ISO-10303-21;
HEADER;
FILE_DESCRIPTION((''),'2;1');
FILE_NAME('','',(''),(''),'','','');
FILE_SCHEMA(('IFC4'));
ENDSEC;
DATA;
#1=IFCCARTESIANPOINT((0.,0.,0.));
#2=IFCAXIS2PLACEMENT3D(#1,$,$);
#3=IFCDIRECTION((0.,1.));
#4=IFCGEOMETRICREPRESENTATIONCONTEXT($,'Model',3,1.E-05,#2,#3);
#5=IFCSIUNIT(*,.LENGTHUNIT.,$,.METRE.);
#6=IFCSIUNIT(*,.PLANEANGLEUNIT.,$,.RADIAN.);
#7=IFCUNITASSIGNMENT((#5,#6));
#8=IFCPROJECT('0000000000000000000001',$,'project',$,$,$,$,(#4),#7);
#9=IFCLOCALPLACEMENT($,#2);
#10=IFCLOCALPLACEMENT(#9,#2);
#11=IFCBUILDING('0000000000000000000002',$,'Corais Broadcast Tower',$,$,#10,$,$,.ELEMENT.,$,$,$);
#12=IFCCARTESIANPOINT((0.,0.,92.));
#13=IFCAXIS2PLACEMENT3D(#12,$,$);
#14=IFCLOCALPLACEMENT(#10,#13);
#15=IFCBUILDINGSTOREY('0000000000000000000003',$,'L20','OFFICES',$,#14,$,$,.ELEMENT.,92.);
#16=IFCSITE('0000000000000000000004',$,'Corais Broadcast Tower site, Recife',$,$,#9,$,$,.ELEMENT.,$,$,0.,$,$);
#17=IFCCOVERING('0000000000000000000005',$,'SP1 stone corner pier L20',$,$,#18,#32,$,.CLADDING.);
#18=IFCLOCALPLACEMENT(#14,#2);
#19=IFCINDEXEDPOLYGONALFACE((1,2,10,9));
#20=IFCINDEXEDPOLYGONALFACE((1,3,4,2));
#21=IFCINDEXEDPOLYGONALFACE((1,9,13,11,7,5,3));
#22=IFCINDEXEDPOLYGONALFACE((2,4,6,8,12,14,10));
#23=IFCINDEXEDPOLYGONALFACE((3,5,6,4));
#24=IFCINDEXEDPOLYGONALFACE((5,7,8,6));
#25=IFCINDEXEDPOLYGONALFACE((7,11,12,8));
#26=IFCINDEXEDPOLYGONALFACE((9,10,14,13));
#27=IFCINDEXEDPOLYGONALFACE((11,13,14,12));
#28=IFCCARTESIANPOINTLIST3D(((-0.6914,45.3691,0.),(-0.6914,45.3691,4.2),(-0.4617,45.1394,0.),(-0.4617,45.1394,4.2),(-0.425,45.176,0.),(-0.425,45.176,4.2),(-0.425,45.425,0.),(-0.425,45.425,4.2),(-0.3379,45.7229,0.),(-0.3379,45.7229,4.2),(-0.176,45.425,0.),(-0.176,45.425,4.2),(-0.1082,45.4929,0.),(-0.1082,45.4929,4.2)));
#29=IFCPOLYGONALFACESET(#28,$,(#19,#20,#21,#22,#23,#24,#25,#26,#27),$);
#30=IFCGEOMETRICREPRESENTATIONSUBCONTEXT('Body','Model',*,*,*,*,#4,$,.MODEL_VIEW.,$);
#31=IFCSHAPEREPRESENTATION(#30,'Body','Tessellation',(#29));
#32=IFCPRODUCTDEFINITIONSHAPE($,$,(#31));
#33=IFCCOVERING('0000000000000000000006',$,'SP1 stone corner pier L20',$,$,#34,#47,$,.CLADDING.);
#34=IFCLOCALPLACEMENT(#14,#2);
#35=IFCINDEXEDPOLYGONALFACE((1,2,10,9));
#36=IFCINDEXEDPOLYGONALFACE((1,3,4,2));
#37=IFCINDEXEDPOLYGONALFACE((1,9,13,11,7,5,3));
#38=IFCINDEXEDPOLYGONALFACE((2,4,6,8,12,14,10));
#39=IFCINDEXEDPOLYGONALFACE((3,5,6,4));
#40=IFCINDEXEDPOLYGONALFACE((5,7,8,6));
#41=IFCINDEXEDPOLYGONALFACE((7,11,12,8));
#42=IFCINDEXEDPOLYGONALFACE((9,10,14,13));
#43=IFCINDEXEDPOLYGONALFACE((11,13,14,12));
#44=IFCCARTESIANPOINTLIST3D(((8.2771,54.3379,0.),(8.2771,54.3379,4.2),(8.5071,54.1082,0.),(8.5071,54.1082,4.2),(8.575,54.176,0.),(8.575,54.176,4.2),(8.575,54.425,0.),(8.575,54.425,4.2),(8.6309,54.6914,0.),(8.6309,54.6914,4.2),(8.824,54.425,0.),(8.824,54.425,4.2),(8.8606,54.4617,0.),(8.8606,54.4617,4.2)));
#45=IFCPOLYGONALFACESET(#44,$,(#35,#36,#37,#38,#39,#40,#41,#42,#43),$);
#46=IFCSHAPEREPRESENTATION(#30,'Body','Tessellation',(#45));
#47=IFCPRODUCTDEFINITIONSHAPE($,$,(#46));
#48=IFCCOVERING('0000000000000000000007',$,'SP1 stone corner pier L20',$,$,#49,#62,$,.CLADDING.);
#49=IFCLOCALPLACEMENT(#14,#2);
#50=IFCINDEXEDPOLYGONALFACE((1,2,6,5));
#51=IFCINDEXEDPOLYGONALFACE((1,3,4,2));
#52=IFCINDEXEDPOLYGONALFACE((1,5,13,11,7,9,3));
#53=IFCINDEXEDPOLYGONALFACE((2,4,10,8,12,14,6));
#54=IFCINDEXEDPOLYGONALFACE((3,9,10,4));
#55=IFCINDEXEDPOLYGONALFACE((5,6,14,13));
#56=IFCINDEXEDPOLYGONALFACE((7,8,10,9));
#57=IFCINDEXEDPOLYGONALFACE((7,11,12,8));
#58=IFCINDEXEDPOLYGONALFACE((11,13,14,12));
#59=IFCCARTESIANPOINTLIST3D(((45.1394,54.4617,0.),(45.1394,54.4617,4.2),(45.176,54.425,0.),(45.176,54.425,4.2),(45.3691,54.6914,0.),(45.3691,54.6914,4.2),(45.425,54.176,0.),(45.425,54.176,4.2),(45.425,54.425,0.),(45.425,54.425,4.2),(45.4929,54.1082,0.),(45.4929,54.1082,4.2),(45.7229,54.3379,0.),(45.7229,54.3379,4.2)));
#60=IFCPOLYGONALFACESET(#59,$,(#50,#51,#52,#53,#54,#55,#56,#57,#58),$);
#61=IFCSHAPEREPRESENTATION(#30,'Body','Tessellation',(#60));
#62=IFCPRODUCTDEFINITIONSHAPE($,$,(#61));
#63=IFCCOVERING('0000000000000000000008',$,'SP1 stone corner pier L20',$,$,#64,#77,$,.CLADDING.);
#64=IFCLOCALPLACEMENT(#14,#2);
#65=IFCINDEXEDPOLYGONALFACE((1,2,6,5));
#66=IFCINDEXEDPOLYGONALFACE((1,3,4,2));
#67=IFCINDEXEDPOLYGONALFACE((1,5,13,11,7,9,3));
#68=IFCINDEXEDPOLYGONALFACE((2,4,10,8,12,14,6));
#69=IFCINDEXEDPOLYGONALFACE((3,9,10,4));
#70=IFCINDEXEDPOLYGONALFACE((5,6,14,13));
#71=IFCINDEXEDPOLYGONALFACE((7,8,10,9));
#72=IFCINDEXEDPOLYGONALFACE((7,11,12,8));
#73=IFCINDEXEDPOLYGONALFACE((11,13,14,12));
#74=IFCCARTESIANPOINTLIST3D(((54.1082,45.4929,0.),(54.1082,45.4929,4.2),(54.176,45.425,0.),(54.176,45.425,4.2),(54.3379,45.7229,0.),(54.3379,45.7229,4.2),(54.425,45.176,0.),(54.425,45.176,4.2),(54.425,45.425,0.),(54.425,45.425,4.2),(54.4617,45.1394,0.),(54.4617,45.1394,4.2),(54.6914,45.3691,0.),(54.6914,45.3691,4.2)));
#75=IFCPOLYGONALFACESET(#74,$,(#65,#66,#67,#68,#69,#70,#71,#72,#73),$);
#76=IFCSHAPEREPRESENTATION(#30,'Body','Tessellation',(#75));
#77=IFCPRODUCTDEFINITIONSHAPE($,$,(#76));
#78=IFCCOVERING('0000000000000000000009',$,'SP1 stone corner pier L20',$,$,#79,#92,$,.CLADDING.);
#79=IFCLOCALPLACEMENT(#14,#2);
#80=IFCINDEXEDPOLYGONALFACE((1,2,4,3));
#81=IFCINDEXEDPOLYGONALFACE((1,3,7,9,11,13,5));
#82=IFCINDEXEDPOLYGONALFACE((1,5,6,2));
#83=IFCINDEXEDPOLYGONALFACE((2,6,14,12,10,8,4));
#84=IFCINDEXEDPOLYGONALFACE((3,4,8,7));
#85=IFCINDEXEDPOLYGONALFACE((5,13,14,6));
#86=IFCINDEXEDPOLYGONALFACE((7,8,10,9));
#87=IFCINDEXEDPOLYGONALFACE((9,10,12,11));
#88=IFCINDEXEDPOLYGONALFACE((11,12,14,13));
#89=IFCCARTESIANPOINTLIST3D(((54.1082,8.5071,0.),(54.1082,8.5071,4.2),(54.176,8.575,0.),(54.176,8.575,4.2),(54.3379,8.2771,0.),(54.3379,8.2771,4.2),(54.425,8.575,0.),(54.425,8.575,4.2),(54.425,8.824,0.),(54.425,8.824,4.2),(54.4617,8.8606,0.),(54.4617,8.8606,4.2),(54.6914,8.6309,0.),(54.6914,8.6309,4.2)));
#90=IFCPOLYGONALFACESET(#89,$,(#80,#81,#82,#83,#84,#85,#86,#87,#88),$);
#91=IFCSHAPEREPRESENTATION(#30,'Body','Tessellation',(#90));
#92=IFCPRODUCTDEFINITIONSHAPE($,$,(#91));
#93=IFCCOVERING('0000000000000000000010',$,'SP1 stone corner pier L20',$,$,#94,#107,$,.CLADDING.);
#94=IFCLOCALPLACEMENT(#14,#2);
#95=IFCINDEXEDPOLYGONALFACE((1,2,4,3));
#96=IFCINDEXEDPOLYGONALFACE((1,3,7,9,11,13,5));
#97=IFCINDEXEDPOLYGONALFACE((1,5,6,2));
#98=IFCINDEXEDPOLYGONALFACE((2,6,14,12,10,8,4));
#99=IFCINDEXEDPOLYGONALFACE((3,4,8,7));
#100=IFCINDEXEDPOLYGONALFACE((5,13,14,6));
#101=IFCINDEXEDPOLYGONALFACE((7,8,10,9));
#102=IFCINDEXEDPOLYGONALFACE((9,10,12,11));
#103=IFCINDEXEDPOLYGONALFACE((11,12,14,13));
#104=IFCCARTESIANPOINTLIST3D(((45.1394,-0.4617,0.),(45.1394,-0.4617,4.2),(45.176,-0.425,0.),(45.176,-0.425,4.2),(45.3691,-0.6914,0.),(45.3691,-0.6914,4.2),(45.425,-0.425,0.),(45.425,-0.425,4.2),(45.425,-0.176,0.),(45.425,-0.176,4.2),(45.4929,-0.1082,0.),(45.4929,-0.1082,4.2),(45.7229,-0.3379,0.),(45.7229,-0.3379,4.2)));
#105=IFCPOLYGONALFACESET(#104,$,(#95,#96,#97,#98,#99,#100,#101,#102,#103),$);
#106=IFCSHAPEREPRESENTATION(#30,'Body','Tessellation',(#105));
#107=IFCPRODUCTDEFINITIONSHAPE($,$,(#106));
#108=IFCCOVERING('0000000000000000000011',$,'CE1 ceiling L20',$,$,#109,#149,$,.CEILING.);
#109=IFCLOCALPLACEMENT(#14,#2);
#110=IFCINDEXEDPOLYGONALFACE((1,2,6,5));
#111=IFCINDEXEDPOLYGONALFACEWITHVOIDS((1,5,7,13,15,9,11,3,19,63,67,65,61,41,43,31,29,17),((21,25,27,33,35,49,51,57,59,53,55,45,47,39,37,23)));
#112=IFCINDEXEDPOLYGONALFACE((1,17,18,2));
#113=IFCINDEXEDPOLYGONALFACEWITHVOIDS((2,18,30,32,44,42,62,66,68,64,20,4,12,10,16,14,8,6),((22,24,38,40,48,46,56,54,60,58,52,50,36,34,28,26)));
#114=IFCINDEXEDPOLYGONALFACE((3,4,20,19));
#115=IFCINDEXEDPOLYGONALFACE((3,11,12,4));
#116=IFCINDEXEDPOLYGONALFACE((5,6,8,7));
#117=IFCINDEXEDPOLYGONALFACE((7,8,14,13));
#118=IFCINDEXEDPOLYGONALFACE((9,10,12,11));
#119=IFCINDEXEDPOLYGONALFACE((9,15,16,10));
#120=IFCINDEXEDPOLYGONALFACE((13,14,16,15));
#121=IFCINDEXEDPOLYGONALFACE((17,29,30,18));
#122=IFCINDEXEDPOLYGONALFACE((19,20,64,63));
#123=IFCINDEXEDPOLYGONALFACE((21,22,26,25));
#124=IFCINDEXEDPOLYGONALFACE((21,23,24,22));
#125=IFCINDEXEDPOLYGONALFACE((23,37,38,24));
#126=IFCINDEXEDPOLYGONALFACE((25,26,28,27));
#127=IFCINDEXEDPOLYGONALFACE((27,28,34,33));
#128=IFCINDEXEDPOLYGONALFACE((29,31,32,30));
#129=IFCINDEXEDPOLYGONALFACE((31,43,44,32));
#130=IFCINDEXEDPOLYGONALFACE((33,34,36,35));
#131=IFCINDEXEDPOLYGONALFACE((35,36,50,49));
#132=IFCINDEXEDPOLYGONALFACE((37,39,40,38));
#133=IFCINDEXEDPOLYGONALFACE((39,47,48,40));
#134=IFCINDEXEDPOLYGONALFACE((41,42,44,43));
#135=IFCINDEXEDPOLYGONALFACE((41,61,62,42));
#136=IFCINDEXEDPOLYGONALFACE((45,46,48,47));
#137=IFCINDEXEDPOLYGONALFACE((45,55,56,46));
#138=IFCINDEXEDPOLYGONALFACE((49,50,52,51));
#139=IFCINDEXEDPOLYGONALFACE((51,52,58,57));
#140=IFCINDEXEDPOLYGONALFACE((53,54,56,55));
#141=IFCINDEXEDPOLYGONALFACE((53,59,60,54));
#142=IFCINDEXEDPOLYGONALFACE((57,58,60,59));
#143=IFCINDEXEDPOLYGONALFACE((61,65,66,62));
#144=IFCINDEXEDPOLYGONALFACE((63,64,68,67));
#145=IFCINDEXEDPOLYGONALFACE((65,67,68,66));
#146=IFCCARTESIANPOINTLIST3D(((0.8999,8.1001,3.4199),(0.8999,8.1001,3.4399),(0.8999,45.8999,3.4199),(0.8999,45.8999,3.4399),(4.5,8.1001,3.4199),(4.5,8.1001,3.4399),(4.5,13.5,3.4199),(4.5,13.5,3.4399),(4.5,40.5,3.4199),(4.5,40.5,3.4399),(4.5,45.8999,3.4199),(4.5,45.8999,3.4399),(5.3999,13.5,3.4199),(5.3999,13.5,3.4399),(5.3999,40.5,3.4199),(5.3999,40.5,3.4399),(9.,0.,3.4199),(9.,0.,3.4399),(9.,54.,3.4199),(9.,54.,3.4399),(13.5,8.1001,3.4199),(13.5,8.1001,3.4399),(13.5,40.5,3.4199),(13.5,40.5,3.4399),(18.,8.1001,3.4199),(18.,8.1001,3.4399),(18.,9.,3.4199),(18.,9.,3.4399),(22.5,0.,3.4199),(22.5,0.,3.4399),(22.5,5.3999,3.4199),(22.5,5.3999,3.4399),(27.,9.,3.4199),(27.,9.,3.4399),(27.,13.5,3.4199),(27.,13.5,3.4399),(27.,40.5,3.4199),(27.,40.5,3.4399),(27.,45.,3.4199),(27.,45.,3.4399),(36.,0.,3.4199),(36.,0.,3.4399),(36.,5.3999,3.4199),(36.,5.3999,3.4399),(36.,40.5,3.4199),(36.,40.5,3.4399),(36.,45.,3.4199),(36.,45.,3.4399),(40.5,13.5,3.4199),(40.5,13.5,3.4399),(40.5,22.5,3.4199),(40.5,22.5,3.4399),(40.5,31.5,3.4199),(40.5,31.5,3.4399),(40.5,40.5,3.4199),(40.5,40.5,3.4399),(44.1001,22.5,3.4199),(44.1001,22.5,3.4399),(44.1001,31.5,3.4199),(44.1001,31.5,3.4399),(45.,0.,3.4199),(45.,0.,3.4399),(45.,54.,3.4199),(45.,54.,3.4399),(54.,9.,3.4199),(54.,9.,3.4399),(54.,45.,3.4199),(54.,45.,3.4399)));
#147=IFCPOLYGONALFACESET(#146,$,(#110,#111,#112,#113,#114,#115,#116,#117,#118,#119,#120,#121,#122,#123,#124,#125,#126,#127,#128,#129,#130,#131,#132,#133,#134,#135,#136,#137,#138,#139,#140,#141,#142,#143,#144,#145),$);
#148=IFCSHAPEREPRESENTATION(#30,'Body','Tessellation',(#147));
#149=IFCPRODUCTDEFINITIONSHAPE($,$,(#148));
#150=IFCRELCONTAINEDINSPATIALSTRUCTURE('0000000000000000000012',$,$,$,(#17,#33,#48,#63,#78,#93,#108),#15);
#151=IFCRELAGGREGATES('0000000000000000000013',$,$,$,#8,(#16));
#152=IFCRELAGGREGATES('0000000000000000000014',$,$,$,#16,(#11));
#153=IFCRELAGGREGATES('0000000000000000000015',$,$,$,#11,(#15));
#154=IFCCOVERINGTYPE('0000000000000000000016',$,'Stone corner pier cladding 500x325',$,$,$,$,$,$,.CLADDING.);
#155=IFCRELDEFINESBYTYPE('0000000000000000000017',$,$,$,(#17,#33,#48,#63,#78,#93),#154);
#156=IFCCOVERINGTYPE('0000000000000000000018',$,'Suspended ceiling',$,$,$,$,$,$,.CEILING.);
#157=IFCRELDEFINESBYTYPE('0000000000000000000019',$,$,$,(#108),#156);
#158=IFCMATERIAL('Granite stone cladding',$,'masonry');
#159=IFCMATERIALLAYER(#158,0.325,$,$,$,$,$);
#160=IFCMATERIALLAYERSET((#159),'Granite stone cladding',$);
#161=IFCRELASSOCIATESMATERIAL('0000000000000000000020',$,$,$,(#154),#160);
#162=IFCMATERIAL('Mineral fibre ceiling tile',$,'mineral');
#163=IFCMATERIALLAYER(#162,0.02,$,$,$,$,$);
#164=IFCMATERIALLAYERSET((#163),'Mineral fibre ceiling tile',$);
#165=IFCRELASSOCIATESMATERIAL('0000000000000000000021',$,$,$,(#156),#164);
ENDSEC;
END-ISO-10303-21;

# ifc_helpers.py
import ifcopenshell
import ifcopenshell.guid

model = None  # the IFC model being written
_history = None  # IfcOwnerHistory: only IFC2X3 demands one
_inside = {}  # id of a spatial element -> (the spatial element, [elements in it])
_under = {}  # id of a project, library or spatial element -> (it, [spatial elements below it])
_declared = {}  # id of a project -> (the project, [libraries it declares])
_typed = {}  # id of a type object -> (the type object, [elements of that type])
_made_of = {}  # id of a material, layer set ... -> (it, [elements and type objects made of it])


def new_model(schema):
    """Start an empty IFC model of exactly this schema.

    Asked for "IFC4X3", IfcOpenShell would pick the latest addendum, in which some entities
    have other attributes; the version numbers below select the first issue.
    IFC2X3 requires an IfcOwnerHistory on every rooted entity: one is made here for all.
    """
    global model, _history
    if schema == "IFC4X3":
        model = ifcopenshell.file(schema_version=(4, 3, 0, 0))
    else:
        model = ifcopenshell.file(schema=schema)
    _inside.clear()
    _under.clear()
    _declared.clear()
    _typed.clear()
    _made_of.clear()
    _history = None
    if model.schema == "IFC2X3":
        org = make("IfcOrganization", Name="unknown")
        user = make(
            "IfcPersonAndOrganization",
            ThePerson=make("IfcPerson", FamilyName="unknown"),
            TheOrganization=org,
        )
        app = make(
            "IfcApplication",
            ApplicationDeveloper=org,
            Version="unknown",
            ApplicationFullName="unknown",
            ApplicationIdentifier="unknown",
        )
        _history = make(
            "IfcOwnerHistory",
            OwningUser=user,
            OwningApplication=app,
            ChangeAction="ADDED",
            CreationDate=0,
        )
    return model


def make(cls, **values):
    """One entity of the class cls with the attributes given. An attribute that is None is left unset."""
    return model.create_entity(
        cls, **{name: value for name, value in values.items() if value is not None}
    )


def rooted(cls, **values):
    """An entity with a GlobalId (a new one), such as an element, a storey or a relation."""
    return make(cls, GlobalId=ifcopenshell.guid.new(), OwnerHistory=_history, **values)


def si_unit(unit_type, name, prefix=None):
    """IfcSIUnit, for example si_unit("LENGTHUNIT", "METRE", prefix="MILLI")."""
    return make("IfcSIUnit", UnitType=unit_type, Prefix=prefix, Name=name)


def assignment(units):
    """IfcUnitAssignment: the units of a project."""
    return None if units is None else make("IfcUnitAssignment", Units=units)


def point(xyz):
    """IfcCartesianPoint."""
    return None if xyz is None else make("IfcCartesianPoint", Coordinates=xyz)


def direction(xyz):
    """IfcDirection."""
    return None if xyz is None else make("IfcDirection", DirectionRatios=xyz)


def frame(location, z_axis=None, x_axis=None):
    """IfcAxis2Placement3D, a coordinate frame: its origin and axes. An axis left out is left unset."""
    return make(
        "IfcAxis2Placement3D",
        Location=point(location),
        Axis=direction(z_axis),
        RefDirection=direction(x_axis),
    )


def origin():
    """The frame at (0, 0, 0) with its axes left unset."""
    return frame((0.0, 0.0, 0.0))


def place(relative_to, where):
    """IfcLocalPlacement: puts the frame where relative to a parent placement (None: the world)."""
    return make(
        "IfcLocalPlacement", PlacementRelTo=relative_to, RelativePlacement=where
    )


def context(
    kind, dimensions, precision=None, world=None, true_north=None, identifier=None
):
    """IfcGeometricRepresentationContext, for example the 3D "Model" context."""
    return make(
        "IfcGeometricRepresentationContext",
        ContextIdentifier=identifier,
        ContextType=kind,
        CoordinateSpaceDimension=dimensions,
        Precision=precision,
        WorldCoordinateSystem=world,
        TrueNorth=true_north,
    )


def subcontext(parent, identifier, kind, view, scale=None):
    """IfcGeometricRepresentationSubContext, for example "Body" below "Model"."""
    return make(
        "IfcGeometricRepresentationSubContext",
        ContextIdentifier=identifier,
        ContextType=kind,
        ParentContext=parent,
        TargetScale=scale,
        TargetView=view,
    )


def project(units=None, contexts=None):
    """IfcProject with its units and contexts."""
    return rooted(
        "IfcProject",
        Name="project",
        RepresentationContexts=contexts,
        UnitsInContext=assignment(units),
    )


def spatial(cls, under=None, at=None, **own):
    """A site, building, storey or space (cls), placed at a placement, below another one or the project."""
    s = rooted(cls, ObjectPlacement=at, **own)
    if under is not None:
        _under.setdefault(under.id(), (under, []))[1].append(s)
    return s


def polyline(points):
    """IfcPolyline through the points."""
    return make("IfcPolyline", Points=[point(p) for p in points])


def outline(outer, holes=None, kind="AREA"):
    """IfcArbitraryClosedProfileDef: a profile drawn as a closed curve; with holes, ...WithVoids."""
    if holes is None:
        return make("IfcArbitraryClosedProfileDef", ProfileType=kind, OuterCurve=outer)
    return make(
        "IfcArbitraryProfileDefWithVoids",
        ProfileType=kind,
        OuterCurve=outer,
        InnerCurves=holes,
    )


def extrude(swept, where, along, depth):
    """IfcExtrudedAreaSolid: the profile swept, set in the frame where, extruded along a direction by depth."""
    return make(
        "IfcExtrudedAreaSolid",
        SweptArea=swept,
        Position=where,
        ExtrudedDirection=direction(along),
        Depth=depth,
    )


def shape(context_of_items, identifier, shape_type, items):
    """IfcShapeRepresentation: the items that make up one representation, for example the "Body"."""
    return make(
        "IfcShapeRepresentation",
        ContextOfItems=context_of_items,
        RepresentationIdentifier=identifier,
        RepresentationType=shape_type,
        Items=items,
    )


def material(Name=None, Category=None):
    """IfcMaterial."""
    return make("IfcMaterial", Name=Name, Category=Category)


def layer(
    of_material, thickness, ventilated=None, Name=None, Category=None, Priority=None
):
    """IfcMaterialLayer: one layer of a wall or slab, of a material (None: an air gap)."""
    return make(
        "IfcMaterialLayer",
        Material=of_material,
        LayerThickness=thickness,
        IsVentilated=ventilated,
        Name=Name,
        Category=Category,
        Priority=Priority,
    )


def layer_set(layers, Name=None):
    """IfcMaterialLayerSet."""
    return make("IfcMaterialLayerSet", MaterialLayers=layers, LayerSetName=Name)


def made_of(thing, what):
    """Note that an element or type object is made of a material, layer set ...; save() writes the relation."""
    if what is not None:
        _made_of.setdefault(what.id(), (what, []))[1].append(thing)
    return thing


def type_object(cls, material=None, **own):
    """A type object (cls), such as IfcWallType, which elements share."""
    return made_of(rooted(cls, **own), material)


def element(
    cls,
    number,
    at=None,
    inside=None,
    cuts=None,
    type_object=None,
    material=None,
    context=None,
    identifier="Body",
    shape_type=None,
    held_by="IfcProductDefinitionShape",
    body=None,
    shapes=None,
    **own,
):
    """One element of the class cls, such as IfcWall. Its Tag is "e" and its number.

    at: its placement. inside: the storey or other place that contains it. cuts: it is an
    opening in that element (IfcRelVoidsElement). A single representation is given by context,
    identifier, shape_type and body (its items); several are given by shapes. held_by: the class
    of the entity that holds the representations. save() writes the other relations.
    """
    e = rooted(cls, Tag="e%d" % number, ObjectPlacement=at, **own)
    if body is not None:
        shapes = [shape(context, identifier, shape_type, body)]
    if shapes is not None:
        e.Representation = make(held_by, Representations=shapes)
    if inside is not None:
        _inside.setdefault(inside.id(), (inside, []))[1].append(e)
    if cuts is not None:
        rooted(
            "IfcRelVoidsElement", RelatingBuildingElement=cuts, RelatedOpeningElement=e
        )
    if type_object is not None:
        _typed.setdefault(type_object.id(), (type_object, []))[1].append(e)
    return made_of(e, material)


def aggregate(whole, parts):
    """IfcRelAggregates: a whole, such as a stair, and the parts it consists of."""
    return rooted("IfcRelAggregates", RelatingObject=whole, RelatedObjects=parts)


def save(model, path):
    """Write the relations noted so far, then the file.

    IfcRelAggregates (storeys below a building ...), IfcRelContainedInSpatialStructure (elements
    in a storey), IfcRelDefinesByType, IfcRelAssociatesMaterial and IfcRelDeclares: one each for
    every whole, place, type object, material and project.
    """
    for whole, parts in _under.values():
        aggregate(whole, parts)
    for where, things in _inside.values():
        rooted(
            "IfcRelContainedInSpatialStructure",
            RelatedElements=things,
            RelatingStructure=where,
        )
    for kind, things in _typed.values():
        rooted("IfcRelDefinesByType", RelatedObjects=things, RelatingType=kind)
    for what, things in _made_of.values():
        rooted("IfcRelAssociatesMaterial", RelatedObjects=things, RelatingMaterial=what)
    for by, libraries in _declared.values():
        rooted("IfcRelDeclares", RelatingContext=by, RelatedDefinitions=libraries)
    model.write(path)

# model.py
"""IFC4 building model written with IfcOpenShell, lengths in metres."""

from ifc_helpers import new_model, si_unit, direction, frame, origin, place, context, subcontext, project, spatial, polyline, outline, extrude, material, layer, layer_set, type_object, element, save


model = new_model("IFC4")

# Units and contexts
model_context = context("Model", 3, precision=1e-05, world=origin(), true_north=direction((0.0, 1.0)))
body_context = subcontext(model_context, "Body", "Model", "MODEL_VIEW")
ifc_project = project(units=[si_unit("LENGTHUNIT", "METRE"), si_unit("PLANEANGLEUNIT", "RADIAN")], contexts=[model_context])

# Site, building, storey
site_placement = place(None, origin())
site = spatial("IfcSite", under=ifc_project, at=site_placement, Name="Corais Broadcast Tower site, Recife", CompositionType="ELEMENT", RefElevation=0.0)
building_placement = place(site_placement, origin())
building = spatial("IfcBuilding", under=site, at=building_placement, Name="Corais Broadcast Tower", CompositionType="ELEMENT")
storey_placement = place(building_placement, frame((0.0, 0.0, 92.0)))
storey = spatial("IfcBuildingStorey", under=building, at=storey_placement, Name="L20", Description="OFFICES", CompositionType="ELEMENT", Elevation=92.0)

# Coverings
ifc_material_1 = material(Name="Granite stone cladding", Category="masonry")
ifc_layer_1 = layer(ifc_material_1, 0.325)
ifc_layer_set_1 = layer_set([ifc_layer_1], Name="Granite stone cladding")
covering_type_1 = type_object("IfcCoveringType", Name="Stone corner pier cladding 500x325", PredefinedType="CLADDING", material=ifc_layer_set_1)
covering_1_placement = place(storey_placement, origin())
element("IfcCovering", 1, at=covering_1_placement, inside=storey, type_object=covering_type_1, Name="SP1 stone corner pier L20", PredefinedType="CLADDING", context=body_context, shape_type="SweptSolid", body=[
    extrude(outline(polyline([(-0.4617, 45.1394), (-0.425, 45.176), (-0.425, 45.425), (-0.176, 45.425), (-0.1082, 45.4929), (-0.3379, 45.7229), (-0.6914, 45.3691), (-0.4617, 45.1394)])), origin(), (0.0, 0.0, 1.0), 4.2),
])
covering_2_placement = place(storey_placement, origin())
element("IfcCovering", 2, at=covering_2_placement, inside=storey, type_object=covering_type_1, Name="SP1 stone corner pier L20", PredefinedType="CLADDING", context=body_context, shape_type="SweptSolid", body=[
    extrude(outline(polyline([(8.824, 54.425), (8.8606, 54.4617), (8.6309, 54.6914), (8.2771, 54.3379), (8.5071, 54.1082), (8.575, 54.176), (8.575, 54.425), (8.824, 54.425)])), origin(), (0.0, 0.0, 1.0), 4.2),
])
covering_3_placement = place(storey_placement, origin())
element("IfcCovering", 3, at=covering_3_placement, inside=storey, type_object=covering_type_1, Name="SP1 stone corner pier L20", PredefinedType="CLADDING", context=body_context, shape_type="SweptSolid", body=[
    extrude(outline(polyline([(45.1394, 54.4617), (45.176, 54.425), (45.425, 54.425), (45.425, 54.176), (45.4929, 54.1082), (45.7229, 54.3379), (45.3691, 54.6914), (45.1394, 54.4617)])), origin(), (0.0, 0.0, 1.0), 4.2),
])
covering_4_placement = place(storey_placement, origin())
element("IfcCovering", 4, at=covering_4_placement, inside=storey, type_object=covering_type_1, Name="SP1 stone corner pier L20", PredefinedType="CLADDING", context=body_context, shape_type="SweptSolid", body=[
    extrude(outline(polyline([(54.425, 45.176), (54.4617, 45.1394), (54.6914, 45.3691), (54.3379, 45.7229), (54.1082, 45.4929), (54.176, 45.425), (54.425, 45.425), (54.425, 45.176)])), origin(), (0.0, 0.0, 1.0), 4.2),
])
covering_5_placement = place(storey_placement, origin())
element("IfcCovering", 5, at=covering_5_placement, inside=storey, type_object=covering_type_1, Name="SP1 stone corner pier L20", PredefinedType="CLADDING", context=body_context, shape_type="SweptSolid", body=[
    extrude(outline(polyline([(54.4617, 8.8606), (54.425, 8.824), (54.425, 8.575), (54.176, 8.575), (54.1082, 8.5071), (54.3379, 8.2771), (54.6914, 8.6309), (54.4617, 8.8606)])), origin(), (0.0, 0.0, 1.0), 4.2),
])
covering_6_placement = place(storey_placement, origin())
element("IfcCovering", 6, at=covering_6_placement, inside=storey, type_object=covering_type_1, Name="SP1 stone corner pier L20", PredefinedType="CLADDING", context=body_context, shape_type="SweptSolid", body=[
    extrude(outline(polyline([(45.176, -0.425), (45.1394, -0.4617), (45.3691, -0.6914), (45.7229, -0.3379), (45.4929, -0.1082), (45.425, -0.176), (45.425, -0.425), (45.176, -0.425)])), origin(), (0.0, 0.0, 1.0), 4.2),
])
ifc_material_2 = material(Name="Mineral fibre ceiling tile", Category="mineral")
ifc_layer_2 = layer(ifc_material_2, 0.02)
ifc_layer_set_2 = layer_set([ifc_layer_2], Name="Mineral fibre ceiling tile")
covering_type_2 = type_object("IfcCoveringType", Name="Suspended ceiling", PredefinedType="CEILING", material=ifc_layer_set_2)
covering_7_placement = place(storey_placement, frame((0.0, 0.0, 3.4199)))
element("IfcCovering", 7, at=covering_7_placement, inside=storey, type_object=covering_type_2, Name="CE1 ceiling L20", PredefinedType="CEILING", context=body_context, shape_type="SweptSolid", body=[
    extrude(outline(polyline([(9.0, 0.0), (0.8999, 8.1001), (4.5, 8.1001), (4.5, 13.5), (5.3999, 13.5), (5.3999, 40.5), (4.5, 40.5), (4.5, 45.8999), (0.8999, 45.8999), (9.0, 54.0), (45.0, 54.0), (54.0, 45.0), (54.0, 9.0), (45.0, 0.0), (36.0, 0.0), (36.0, 5.3999), (22.5, 5.3999), (22.5, 0.0), (9.0, 0.0)]), holes=[polyline([(13.5, 8.1001), (18.0, 8.1001), (18.0, 9.0), (27.0, 9.0), (27.0, 13.5), (40.5, 13.5), (40.5, 22.5), (44.1001, 22.5), (44.1001, 31.5), (40.5, 31.5), (40.5, 40.5), (36.0, 40.5), (36.0, 45.0), (27.0, 45.0), (27.0, 40.5), (13.5, 40.5), (13.5, 8.1001)])]), origin(), (0.0, 0.0, 1.0), 0.02),
])

save(model, "model.ifc")
